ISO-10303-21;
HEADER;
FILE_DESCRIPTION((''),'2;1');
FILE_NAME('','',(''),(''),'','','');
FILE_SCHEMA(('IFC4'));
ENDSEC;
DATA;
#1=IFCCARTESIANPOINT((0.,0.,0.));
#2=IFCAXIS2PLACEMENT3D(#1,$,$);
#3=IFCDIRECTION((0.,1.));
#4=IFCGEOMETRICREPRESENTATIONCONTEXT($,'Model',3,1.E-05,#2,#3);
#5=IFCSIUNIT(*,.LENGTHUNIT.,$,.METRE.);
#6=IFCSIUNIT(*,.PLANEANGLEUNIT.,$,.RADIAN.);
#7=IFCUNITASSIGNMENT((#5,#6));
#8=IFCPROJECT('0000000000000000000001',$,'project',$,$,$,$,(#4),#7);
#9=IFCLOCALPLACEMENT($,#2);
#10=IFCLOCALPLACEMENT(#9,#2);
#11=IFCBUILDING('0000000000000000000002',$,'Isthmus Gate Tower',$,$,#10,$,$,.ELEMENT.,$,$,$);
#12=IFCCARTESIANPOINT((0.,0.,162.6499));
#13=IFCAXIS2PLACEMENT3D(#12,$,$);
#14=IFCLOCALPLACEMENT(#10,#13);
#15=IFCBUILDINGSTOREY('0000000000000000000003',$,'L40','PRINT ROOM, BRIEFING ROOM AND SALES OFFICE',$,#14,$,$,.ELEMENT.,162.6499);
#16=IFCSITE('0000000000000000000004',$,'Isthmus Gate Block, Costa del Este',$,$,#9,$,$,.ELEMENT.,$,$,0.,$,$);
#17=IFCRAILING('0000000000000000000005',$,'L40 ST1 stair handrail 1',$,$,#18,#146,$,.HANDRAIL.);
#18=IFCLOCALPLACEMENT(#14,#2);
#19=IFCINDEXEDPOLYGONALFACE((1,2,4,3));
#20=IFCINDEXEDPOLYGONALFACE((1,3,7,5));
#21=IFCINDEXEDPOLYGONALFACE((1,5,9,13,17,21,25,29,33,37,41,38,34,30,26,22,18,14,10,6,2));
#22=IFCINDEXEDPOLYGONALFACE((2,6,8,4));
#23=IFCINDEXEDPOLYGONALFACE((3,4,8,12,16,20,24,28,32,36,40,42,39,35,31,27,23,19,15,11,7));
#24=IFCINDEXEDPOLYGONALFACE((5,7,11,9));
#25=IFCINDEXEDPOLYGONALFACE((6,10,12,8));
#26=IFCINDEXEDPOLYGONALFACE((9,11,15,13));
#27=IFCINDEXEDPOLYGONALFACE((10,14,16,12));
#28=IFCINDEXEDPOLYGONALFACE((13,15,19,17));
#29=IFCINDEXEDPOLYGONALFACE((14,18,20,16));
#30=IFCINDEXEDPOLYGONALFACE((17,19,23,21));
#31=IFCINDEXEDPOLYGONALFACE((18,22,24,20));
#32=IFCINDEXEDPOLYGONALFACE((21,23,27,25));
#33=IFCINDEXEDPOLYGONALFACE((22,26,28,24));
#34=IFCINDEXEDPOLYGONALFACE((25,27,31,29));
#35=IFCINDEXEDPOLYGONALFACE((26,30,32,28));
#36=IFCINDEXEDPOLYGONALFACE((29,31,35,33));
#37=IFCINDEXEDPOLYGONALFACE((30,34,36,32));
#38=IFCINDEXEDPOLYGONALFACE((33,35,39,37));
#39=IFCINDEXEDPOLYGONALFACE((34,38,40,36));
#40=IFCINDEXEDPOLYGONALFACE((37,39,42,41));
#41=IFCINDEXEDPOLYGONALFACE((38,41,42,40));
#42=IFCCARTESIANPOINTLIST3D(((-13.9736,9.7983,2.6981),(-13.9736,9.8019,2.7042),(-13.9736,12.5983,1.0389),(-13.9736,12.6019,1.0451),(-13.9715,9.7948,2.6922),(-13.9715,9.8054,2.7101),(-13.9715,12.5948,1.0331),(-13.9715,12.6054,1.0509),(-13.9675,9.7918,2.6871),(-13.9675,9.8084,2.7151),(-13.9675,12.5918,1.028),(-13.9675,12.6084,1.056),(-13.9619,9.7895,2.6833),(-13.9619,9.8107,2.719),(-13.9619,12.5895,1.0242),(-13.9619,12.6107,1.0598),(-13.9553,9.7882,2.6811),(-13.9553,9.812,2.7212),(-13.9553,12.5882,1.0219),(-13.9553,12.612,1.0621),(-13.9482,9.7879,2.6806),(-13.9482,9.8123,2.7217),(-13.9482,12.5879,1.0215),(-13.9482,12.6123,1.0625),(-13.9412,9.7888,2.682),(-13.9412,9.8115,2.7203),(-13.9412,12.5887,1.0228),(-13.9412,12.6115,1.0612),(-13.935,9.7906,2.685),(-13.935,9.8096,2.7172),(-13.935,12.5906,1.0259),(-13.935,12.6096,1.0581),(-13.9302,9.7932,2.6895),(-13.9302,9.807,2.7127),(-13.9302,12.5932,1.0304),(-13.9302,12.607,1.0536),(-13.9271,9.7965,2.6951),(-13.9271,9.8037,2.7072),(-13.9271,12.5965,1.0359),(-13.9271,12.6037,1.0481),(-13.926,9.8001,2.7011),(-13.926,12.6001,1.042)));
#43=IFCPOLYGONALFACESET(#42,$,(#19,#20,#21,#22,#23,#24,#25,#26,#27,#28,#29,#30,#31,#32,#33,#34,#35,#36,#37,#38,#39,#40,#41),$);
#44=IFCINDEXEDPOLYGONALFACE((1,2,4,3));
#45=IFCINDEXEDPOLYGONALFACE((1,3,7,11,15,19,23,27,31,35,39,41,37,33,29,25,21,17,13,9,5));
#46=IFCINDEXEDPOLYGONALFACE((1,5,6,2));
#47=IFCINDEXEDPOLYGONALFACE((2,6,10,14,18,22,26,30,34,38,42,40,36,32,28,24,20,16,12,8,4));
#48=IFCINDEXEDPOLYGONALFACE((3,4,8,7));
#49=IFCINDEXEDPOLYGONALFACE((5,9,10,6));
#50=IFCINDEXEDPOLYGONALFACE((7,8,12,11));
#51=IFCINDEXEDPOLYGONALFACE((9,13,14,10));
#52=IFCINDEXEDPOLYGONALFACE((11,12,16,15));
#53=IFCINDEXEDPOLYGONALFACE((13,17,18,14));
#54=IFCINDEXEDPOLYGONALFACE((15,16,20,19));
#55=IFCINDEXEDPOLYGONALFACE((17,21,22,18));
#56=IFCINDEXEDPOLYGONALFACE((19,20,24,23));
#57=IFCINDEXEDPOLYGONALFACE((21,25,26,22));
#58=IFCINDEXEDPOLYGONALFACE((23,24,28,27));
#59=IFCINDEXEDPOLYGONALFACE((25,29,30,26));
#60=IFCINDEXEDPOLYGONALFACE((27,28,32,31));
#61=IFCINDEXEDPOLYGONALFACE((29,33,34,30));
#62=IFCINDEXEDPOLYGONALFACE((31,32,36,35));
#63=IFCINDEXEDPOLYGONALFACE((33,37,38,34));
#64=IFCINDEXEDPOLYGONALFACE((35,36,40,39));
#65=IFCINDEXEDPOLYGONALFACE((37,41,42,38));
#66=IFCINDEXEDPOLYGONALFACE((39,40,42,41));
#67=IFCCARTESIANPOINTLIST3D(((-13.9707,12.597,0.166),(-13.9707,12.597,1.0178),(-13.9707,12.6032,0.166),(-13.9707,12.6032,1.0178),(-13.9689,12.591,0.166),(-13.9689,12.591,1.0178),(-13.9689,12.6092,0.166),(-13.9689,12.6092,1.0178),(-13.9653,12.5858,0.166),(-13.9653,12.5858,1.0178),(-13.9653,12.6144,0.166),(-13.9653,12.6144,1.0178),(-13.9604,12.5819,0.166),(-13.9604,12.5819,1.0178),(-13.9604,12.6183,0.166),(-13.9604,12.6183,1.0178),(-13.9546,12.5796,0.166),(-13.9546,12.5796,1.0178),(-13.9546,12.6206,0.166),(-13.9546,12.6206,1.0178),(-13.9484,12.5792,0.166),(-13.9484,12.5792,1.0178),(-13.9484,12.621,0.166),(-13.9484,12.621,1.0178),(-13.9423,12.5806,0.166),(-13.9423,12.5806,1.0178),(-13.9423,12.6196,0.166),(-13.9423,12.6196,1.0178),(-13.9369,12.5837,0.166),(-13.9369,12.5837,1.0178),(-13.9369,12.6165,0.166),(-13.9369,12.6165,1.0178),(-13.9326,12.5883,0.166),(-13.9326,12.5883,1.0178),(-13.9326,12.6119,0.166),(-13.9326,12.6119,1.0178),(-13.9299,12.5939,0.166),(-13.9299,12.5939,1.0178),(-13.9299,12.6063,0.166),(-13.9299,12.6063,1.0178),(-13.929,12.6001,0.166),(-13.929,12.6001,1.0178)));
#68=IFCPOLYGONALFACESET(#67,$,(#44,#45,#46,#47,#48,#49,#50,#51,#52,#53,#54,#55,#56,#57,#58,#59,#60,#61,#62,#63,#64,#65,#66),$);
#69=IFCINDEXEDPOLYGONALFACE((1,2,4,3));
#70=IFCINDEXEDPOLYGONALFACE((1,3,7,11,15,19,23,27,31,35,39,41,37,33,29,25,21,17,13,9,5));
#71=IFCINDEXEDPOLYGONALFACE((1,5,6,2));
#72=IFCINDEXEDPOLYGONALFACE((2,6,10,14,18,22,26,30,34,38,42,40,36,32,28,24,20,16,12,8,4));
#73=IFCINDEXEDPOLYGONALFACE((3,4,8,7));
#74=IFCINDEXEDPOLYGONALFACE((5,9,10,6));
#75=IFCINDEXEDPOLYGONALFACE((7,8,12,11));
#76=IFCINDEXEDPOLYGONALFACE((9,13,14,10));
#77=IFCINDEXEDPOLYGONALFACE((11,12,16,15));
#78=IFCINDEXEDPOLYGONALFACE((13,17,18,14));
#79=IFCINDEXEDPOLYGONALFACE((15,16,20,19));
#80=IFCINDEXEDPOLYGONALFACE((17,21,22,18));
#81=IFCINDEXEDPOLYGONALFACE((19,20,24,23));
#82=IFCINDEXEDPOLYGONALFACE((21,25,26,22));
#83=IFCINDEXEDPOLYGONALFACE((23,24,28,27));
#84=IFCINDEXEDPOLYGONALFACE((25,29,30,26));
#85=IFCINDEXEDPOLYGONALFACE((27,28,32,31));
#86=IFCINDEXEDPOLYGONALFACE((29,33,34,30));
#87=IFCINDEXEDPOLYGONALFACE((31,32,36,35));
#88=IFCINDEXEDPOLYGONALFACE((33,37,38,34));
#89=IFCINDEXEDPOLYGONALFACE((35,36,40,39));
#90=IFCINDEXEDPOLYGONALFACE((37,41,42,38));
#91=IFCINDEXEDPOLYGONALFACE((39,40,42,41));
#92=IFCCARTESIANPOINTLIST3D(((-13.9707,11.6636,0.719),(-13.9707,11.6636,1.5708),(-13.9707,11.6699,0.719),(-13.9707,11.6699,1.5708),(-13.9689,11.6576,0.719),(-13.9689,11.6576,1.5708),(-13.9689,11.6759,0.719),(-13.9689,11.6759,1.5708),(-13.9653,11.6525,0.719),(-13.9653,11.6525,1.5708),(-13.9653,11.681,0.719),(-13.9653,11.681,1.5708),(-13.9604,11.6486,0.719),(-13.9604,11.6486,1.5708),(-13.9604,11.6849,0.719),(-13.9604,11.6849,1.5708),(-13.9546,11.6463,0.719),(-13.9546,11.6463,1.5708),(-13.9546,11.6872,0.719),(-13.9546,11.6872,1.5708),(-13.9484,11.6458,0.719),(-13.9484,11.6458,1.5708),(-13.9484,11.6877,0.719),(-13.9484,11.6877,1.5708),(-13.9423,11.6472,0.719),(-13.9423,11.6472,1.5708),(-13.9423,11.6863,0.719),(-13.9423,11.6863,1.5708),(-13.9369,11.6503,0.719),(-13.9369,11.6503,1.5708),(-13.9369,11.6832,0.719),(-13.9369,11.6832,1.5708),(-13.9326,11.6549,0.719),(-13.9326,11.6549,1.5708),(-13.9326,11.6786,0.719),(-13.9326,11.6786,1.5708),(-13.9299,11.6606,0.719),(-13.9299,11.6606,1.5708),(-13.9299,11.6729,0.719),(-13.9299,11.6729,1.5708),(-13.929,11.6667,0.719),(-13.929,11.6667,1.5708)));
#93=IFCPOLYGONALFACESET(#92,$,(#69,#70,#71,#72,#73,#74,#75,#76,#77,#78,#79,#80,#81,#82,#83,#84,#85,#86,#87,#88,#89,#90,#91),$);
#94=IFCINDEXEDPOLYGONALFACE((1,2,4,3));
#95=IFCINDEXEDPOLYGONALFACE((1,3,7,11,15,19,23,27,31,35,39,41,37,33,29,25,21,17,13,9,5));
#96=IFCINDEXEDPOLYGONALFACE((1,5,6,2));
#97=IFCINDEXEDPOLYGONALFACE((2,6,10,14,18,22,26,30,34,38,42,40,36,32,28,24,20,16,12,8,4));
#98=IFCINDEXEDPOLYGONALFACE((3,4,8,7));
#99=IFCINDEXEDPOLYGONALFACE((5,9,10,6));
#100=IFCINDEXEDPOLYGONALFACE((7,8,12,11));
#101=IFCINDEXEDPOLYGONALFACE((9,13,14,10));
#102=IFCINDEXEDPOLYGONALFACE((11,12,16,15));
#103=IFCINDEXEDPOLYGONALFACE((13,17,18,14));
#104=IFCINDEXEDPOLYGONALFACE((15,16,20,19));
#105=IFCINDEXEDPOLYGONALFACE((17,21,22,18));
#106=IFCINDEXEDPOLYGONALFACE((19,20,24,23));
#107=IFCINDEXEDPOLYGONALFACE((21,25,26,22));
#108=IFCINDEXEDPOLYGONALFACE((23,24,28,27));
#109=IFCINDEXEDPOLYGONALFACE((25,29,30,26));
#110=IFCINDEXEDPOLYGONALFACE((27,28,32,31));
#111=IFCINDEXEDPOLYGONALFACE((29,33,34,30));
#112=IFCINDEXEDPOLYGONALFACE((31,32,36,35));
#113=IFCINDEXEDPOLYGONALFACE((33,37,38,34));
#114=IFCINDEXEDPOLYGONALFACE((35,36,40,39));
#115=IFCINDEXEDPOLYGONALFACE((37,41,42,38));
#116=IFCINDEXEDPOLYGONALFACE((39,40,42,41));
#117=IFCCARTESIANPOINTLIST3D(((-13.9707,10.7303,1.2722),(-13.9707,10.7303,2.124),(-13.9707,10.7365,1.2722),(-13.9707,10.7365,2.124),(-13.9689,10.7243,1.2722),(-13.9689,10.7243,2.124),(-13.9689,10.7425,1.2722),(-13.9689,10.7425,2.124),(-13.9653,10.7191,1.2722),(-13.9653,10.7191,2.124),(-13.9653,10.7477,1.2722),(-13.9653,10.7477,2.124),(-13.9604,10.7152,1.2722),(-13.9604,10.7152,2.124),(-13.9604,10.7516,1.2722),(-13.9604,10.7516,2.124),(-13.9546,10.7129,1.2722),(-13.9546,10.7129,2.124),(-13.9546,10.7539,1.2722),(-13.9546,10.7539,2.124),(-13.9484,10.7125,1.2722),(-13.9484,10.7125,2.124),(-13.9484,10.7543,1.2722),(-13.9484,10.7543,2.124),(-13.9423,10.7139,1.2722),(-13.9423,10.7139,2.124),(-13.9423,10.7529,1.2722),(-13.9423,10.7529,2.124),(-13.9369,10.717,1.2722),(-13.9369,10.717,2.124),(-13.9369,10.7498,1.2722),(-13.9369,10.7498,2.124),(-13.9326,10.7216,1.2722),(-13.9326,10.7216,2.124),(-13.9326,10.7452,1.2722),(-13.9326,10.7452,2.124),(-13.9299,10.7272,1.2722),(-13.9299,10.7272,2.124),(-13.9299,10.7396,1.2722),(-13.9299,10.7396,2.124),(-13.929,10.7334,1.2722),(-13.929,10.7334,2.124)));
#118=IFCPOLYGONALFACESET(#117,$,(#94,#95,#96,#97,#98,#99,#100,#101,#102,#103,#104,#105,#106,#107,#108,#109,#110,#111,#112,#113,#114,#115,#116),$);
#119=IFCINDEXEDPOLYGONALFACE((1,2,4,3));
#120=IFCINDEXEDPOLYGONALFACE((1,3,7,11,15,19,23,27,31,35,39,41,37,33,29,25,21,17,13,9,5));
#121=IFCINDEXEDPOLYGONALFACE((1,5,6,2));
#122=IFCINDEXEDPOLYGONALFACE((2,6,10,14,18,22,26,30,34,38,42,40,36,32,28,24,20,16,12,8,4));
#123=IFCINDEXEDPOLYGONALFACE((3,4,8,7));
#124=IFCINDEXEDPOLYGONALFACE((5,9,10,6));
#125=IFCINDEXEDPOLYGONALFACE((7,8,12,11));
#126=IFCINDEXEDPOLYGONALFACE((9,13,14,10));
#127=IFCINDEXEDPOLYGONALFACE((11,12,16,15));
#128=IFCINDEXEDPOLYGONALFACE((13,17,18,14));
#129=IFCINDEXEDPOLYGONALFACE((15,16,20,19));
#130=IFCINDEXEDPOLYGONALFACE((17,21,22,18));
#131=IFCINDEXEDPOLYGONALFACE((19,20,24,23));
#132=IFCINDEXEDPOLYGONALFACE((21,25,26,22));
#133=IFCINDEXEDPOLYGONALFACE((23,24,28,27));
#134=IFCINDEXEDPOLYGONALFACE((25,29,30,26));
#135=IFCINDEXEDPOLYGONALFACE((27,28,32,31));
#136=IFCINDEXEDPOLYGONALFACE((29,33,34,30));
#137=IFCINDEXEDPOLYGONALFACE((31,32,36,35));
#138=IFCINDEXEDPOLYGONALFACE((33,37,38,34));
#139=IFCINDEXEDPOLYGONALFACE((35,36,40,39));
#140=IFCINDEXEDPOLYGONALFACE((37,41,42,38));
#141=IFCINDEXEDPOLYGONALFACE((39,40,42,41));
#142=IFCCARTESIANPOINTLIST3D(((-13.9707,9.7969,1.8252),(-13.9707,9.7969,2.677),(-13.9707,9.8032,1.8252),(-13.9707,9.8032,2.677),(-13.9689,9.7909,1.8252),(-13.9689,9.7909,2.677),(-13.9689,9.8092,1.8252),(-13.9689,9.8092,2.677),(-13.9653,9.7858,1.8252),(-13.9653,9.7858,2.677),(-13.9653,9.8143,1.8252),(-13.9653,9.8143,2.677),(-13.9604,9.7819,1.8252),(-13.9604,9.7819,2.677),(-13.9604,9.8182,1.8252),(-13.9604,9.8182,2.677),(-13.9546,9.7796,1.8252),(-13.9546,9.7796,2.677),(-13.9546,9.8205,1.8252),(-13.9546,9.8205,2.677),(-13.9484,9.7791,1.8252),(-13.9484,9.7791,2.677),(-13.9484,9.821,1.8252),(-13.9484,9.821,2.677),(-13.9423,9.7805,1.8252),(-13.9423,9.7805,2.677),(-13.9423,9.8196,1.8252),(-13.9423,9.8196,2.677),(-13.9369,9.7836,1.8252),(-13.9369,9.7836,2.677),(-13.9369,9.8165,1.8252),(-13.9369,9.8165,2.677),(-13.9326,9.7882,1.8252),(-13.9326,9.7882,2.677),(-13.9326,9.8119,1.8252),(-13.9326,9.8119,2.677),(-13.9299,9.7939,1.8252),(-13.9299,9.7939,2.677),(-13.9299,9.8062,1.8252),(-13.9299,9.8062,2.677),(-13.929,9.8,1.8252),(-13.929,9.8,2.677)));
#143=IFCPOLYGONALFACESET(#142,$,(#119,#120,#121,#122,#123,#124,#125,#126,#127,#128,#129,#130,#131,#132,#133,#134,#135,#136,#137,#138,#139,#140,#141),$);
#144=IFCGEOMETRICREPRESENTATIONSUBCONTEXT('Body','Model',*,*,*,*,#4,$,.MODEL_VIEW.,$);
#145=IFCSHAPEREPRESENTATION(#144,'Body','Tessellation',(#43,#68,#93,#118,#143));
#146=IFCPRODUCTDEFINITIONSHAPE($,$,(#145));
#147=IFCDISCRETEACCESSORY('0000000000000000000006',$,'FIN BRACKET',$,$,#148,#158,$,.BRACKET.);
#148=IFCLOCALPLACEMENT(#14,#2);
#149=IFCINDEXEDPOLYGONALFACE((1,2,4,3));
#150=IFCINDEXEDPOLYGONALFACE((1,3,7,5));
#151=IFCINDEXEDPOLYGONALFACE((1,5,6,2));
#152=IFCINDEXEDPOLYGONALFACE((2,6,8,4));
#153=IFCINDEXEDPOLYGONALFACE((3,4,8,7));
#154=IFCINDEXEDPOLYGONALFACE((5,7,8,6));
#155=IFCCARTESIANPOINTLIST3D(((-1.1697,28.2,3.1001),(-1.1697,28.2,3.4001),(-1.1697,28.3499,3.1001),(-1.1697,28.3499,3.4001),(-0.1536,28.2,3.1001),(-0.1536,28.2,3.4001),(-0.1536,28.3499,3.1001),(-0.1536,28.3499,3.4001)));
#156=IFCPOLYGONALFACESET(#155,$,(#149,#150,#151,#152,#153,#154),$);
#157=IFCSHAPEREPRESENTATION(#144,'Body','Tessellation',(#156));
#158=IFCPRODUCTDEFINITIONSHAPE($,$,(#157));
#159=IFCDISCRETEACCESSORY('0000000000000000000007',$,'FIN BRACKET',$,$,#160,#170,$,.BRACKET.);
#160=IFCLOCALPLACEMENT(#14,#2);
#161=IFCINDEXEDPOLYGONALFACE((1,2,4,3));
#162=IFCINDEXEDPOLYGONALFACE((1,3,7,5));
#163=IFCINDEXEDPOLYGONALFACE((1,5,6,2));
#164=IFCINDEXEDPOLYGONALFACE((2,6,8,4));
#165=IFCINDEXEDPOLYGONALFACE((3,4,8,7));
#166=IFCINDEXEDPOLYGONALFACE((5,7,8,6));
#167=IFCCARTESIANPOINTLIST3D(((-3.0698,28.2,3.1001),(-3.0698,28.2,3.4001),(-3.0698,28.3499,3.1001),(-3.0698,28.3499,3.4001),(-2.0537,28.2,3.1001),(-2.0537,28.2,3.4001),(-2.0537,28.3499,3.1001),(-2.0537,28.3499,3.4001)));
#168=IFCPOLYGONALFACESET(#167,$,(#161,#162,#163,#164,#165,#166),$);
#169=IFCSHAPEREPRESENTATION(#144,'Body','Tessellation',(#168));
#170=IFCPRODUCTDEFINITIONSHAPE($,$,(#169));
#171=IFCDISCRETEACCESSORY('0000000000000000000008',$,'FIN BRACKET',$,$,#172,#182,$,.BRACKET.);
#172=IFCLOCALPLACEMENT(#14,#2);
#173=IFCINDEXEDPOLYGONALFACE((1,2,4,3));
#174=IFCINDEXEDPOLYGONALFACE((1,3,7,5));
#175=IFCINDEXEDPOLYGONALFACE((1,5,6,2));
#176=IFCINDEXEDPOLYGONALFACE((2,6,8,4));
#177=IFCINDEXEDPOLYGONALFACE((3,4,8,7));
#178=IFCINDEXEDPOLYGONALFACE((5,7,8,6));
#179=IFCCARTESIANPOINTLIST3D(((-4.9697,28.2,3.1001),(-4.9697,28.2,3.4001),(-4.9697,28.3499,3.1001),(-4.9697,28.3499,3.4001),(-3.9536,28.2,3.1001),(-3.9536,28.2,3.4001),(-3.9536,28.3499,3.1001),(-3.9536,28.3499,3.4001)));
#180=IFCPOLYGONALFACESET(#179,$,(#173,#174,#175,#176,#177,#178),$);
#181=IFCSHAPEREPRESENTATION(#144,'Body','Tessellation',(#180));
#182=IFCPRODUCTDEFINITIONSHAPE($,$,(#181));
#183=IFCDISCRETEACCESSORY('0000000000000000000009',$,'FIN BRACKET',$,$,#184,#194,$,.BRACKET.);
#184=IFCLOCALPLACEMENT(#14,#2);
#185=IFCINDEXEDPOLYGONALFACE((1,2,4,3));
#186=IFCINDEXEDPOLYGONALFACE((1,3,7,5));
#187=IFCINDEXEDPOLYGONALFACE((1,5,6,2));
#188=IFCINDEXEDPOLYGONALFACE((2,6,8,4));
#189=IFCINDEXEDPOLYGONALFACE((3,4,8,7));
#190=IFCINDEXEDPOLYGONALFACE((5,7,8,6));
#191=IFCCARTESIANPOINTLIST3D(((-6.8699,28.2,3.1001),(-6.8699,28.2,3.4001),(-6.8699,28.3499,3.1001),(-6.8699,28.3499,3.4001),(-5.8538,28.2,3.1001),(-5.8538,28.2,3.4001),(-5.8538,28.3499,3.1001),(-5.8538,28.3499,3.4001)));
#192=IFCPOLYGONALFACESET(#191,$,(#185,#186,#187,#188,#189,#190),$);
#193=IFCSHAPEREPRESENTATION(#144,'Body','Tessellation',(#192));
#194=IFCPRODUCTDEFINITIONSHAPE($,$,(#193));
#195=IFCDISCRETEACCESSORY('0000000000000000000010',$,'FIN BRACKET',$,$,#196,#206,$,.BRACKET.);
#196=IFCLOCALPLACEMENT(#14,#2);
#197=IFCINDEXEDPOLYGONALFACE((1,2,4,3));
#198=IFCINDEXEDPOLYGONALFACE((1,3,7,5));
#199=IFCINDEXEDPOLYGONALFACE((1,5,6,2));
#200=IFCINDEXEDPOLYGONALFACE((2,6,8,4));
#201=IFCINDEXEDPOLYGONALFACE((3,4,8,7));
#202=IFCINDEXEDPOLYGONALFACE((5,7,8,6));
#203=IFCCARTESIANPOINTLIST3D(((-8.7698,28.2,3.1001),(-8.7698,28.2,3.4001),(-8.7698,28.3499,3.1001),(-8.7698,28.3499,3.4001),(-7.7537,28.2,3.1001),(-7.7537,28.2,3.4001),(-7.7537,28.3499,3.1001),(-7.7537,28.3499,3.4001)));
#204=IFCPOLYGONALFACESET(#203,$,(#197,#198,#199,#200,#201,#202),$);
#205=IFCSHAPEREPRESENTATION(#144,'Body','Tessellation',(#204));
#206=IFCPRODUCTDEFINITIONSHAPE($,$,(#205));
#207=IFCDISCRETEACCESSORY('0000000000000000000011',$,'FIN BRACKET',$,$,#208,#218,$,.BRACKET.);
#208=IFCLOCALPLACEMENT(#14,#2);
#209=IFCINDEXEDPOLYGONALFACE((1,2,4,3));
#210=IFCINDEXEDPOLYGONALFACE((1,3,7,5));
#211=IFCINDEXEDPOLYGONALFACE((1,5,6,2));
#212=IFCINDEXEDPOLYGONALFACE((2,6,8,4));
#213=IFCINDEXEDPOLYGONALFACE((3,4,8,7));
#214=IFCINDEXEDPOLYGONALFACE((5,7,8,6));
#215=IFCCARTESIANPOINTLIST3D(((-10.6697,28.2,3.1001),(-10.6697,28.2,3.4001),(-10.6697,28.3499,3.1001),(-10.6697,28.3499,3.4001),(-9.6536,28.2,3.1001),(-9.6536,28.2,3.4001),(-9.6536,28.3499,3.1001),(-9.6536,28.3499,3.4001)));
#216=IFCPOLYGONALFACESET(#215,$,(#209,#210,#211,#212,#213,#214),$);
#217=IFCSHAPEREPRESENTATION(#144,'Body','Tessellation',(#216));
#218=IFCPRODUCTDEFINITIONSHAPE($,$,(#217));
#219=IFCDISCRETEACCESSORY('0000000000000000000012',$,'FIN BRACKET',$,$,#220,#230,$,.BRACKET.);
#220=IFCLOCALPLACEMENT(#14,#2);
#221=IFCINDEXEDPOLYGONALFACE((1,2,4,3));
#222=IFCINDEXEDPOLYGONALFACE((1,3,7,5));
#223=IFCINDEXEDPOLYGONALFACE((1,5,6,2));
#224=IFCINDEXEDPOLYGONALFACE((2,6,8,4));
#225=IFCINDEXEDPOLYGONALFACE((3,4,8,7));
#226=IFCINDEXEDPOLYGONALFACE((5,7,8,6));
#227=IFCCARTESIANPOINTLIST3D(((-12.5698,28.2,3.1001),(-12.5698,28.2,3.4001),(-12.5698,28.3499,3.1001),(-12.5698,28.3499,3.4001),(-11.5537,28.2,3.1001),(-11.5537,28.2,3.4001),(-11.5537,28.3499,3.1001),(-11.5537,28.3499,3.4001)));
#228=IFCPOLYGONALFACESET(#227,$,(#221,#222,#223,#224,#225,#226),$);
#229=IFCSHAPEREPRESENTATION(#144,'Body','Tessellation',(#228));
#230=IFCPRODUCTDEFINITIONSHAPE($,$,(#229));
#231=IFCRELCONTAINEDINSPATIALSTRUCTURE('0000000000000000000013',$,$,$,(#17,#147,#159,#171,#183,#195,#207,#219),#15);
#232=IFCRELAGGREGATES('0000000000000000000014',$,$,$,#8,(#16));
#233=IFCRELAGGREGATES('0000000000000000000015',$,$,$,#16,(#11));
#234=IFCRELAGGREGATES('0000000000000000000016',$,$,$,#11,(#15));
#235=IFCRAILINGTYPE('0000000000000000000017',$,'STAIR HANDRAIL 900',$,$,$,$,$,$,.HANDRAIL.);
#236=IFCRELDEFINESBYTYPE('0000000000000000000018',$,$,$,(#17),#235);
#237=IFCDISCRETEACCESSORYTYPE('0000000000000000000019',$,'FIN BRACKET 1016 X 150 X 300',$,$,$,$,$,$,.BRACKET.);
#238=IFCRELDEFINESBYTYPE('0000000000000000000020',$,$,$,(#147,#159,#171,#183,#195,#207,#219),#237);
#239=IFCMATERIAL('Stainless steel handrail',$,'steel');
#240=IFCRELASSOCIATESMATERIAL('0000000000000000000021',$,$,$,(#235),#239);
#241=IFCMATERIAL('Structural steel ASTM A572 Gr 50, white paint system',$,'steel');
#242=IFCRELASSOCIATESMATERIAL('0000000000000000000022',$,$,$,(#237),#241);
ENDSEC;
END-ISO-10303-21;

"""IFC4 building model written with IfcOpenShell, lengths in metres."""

from ifc_helpers import new_model, si_unit, direction, frame, origin, origin_2d, place, context, subcontext, project, spatial, rectangle, circle, extrude, material, type_object, element, save


model = new_model("IFC4")

# Units and contexts
model_context = context("Model", 3, precision=1e-05, world=origin(), true_north=direction((0.0, 1.0)))
body_context = subcontext(model_context, "Body", "Model", "MODEL_VIEW")
ifc_project = project(units=[si_unit("LENGTHUNIT", "METRE"), si_unit("PLANEANGLEUNIT", "RADIAN")], contexts=[model_context])

# Site, building, storey
site_placement = place(None, origin())
site = spatial("IfcSite", under=ifc_project, at=site_placement, Name="Isthmus Gate Block, Costa del Este", CompositionType="ELEMENT", RefElevation=0.0)
building_placement = place(site_placement, origin())
building = spatial("IfcBuilding", under=site, at=building_placement, Name="Isthmus Gate Tower", CompositionType="ELEMENT")
storey_placement = place(building_placement, frame((0.0, 0.0, 162.6499)))
storey = spatial("IfcBuildingStorey", under=building, at=storey_placement, Name="L40", Description="PRINT ROOM, BRIEFING ROOM AND SALES OFFICE", CompositionType="ELEMENT", Elevation=162.6499)

# Railing
ifc_material_1 = material(Name="Stainless steel handrail", Category="steel")
railing_type_1 = type_object("IfcRailingType", Name="STAIR HANDRAIL 900", PredefinedType="HANDRAIL", material=ifc_material_1)
railing_1_placement = place(storey_placement, frame((-13.95, 12.6001, 0.166)))
element("IfcRailing", 1, at=railing_1_placement, inside=storey, type_object=railing_type_1, Name="L40 ST1 stair handrail 1", PredefinedType="HANDRAIL", context=body_context, shape_type="SweptSolid", body=[
    extrude(circle(Radius=0.0239, at=origin_2d()), frame((0.0, 0.0, 0.876), z_axis=(0.0, -0.860306, 0.509778), x_axis=(1.0, 0.0, 0.0)), (0.0, 0.0, 1.0), 3.2546),
    extrude(circle(Radius=0.021, at=origin_2d()), origin(), (0.0, 0.0, 1.0), 0.8518),
    extrude(circle(Radius=0.021, at=origin_2d()), frame((0.0, -0.9333, 0.553)), (0.0, 0.0, 1.0), 0.8518),
    extrude(circle(Radius=0.021, at=origin_2d()), frame((0.0, -1.8667, 1.1062)), (0.0, 0.0, 1.0), 0.8518),
    extrude(circle(Radius=0.021, at=origin_2d()), frame((0.0, -2.8, 1.6592)), (0.0, 0.0, 1.0), 0.8518),
])

# Discrete accessories
ifc_material_2 = material(Name="Structural steel ASTM A572 Gr 50, white paint system", Category="steel")
discrete_accessory_type = type_object("IfcDiscreteAccessoryType", Name="FIN BRACKET 1016 X 150 X 300", PredefinedType="BRACKET", material=ifc_material_2)
for number, where, z_axis, x_axis, name in (
    (2, (-0.6616, 28.2749, 3.1001), (0.0, 0.0, 1.0), (0.0, 1.0, 0.0), "FIN BRACKET"),
    (3, (-2.5618, 28.2749, 3.1001), (0.0, 0.0, 1.0), (0.0, 1.0, 0.0), "FIN BRACKET"),
    (4, (-4.4617, 28.2749, 3.1001), (0.0, 0.0, 1.0), (0.0, 1.0, 0.0), "FIN BRACKET"),
    (5, (-6.3618, 28.2749, 3.1001), (0.0, 0.0, 1.0), (0.0, 1.0, 0.0), "FIN BRACKET"),
    (6, (-8.2617, 28.2749, 3.1001), (0.0, 0.0, 1.0), (0.0, 1.0, 0.0), "FIN BRACKET"),
    (7, (-10.1616, 28.2749, 3.1001), (0.0, 0.0, 1.0), (0.0, 1.0, 0.0), "FIN BRACKET"),
    (8, (-12.0618, 28.2749, 3.1001), (0.0, 0.0, 1.0), (0.0, 1.0, 0.0), "FIN BRACKET"),
):
    element("IfcDiscreteAccessory", number, at=place(storey_placement, frame(where, z_axis=z_axis, x_axis=x_axis)), inside=storey, type_object=discrete_accessory_type, Name=name, PredefinedType="BRACKET", context=body_context, shape_type="SweptSolid", body=[
        extrude(rectangle(XDim=0.1499, YDim=1.0161, at=origin_2d()), origin(), (0.0, 0.0, 1.0), 0.3),
    ])

save(model, "model.ifc")
